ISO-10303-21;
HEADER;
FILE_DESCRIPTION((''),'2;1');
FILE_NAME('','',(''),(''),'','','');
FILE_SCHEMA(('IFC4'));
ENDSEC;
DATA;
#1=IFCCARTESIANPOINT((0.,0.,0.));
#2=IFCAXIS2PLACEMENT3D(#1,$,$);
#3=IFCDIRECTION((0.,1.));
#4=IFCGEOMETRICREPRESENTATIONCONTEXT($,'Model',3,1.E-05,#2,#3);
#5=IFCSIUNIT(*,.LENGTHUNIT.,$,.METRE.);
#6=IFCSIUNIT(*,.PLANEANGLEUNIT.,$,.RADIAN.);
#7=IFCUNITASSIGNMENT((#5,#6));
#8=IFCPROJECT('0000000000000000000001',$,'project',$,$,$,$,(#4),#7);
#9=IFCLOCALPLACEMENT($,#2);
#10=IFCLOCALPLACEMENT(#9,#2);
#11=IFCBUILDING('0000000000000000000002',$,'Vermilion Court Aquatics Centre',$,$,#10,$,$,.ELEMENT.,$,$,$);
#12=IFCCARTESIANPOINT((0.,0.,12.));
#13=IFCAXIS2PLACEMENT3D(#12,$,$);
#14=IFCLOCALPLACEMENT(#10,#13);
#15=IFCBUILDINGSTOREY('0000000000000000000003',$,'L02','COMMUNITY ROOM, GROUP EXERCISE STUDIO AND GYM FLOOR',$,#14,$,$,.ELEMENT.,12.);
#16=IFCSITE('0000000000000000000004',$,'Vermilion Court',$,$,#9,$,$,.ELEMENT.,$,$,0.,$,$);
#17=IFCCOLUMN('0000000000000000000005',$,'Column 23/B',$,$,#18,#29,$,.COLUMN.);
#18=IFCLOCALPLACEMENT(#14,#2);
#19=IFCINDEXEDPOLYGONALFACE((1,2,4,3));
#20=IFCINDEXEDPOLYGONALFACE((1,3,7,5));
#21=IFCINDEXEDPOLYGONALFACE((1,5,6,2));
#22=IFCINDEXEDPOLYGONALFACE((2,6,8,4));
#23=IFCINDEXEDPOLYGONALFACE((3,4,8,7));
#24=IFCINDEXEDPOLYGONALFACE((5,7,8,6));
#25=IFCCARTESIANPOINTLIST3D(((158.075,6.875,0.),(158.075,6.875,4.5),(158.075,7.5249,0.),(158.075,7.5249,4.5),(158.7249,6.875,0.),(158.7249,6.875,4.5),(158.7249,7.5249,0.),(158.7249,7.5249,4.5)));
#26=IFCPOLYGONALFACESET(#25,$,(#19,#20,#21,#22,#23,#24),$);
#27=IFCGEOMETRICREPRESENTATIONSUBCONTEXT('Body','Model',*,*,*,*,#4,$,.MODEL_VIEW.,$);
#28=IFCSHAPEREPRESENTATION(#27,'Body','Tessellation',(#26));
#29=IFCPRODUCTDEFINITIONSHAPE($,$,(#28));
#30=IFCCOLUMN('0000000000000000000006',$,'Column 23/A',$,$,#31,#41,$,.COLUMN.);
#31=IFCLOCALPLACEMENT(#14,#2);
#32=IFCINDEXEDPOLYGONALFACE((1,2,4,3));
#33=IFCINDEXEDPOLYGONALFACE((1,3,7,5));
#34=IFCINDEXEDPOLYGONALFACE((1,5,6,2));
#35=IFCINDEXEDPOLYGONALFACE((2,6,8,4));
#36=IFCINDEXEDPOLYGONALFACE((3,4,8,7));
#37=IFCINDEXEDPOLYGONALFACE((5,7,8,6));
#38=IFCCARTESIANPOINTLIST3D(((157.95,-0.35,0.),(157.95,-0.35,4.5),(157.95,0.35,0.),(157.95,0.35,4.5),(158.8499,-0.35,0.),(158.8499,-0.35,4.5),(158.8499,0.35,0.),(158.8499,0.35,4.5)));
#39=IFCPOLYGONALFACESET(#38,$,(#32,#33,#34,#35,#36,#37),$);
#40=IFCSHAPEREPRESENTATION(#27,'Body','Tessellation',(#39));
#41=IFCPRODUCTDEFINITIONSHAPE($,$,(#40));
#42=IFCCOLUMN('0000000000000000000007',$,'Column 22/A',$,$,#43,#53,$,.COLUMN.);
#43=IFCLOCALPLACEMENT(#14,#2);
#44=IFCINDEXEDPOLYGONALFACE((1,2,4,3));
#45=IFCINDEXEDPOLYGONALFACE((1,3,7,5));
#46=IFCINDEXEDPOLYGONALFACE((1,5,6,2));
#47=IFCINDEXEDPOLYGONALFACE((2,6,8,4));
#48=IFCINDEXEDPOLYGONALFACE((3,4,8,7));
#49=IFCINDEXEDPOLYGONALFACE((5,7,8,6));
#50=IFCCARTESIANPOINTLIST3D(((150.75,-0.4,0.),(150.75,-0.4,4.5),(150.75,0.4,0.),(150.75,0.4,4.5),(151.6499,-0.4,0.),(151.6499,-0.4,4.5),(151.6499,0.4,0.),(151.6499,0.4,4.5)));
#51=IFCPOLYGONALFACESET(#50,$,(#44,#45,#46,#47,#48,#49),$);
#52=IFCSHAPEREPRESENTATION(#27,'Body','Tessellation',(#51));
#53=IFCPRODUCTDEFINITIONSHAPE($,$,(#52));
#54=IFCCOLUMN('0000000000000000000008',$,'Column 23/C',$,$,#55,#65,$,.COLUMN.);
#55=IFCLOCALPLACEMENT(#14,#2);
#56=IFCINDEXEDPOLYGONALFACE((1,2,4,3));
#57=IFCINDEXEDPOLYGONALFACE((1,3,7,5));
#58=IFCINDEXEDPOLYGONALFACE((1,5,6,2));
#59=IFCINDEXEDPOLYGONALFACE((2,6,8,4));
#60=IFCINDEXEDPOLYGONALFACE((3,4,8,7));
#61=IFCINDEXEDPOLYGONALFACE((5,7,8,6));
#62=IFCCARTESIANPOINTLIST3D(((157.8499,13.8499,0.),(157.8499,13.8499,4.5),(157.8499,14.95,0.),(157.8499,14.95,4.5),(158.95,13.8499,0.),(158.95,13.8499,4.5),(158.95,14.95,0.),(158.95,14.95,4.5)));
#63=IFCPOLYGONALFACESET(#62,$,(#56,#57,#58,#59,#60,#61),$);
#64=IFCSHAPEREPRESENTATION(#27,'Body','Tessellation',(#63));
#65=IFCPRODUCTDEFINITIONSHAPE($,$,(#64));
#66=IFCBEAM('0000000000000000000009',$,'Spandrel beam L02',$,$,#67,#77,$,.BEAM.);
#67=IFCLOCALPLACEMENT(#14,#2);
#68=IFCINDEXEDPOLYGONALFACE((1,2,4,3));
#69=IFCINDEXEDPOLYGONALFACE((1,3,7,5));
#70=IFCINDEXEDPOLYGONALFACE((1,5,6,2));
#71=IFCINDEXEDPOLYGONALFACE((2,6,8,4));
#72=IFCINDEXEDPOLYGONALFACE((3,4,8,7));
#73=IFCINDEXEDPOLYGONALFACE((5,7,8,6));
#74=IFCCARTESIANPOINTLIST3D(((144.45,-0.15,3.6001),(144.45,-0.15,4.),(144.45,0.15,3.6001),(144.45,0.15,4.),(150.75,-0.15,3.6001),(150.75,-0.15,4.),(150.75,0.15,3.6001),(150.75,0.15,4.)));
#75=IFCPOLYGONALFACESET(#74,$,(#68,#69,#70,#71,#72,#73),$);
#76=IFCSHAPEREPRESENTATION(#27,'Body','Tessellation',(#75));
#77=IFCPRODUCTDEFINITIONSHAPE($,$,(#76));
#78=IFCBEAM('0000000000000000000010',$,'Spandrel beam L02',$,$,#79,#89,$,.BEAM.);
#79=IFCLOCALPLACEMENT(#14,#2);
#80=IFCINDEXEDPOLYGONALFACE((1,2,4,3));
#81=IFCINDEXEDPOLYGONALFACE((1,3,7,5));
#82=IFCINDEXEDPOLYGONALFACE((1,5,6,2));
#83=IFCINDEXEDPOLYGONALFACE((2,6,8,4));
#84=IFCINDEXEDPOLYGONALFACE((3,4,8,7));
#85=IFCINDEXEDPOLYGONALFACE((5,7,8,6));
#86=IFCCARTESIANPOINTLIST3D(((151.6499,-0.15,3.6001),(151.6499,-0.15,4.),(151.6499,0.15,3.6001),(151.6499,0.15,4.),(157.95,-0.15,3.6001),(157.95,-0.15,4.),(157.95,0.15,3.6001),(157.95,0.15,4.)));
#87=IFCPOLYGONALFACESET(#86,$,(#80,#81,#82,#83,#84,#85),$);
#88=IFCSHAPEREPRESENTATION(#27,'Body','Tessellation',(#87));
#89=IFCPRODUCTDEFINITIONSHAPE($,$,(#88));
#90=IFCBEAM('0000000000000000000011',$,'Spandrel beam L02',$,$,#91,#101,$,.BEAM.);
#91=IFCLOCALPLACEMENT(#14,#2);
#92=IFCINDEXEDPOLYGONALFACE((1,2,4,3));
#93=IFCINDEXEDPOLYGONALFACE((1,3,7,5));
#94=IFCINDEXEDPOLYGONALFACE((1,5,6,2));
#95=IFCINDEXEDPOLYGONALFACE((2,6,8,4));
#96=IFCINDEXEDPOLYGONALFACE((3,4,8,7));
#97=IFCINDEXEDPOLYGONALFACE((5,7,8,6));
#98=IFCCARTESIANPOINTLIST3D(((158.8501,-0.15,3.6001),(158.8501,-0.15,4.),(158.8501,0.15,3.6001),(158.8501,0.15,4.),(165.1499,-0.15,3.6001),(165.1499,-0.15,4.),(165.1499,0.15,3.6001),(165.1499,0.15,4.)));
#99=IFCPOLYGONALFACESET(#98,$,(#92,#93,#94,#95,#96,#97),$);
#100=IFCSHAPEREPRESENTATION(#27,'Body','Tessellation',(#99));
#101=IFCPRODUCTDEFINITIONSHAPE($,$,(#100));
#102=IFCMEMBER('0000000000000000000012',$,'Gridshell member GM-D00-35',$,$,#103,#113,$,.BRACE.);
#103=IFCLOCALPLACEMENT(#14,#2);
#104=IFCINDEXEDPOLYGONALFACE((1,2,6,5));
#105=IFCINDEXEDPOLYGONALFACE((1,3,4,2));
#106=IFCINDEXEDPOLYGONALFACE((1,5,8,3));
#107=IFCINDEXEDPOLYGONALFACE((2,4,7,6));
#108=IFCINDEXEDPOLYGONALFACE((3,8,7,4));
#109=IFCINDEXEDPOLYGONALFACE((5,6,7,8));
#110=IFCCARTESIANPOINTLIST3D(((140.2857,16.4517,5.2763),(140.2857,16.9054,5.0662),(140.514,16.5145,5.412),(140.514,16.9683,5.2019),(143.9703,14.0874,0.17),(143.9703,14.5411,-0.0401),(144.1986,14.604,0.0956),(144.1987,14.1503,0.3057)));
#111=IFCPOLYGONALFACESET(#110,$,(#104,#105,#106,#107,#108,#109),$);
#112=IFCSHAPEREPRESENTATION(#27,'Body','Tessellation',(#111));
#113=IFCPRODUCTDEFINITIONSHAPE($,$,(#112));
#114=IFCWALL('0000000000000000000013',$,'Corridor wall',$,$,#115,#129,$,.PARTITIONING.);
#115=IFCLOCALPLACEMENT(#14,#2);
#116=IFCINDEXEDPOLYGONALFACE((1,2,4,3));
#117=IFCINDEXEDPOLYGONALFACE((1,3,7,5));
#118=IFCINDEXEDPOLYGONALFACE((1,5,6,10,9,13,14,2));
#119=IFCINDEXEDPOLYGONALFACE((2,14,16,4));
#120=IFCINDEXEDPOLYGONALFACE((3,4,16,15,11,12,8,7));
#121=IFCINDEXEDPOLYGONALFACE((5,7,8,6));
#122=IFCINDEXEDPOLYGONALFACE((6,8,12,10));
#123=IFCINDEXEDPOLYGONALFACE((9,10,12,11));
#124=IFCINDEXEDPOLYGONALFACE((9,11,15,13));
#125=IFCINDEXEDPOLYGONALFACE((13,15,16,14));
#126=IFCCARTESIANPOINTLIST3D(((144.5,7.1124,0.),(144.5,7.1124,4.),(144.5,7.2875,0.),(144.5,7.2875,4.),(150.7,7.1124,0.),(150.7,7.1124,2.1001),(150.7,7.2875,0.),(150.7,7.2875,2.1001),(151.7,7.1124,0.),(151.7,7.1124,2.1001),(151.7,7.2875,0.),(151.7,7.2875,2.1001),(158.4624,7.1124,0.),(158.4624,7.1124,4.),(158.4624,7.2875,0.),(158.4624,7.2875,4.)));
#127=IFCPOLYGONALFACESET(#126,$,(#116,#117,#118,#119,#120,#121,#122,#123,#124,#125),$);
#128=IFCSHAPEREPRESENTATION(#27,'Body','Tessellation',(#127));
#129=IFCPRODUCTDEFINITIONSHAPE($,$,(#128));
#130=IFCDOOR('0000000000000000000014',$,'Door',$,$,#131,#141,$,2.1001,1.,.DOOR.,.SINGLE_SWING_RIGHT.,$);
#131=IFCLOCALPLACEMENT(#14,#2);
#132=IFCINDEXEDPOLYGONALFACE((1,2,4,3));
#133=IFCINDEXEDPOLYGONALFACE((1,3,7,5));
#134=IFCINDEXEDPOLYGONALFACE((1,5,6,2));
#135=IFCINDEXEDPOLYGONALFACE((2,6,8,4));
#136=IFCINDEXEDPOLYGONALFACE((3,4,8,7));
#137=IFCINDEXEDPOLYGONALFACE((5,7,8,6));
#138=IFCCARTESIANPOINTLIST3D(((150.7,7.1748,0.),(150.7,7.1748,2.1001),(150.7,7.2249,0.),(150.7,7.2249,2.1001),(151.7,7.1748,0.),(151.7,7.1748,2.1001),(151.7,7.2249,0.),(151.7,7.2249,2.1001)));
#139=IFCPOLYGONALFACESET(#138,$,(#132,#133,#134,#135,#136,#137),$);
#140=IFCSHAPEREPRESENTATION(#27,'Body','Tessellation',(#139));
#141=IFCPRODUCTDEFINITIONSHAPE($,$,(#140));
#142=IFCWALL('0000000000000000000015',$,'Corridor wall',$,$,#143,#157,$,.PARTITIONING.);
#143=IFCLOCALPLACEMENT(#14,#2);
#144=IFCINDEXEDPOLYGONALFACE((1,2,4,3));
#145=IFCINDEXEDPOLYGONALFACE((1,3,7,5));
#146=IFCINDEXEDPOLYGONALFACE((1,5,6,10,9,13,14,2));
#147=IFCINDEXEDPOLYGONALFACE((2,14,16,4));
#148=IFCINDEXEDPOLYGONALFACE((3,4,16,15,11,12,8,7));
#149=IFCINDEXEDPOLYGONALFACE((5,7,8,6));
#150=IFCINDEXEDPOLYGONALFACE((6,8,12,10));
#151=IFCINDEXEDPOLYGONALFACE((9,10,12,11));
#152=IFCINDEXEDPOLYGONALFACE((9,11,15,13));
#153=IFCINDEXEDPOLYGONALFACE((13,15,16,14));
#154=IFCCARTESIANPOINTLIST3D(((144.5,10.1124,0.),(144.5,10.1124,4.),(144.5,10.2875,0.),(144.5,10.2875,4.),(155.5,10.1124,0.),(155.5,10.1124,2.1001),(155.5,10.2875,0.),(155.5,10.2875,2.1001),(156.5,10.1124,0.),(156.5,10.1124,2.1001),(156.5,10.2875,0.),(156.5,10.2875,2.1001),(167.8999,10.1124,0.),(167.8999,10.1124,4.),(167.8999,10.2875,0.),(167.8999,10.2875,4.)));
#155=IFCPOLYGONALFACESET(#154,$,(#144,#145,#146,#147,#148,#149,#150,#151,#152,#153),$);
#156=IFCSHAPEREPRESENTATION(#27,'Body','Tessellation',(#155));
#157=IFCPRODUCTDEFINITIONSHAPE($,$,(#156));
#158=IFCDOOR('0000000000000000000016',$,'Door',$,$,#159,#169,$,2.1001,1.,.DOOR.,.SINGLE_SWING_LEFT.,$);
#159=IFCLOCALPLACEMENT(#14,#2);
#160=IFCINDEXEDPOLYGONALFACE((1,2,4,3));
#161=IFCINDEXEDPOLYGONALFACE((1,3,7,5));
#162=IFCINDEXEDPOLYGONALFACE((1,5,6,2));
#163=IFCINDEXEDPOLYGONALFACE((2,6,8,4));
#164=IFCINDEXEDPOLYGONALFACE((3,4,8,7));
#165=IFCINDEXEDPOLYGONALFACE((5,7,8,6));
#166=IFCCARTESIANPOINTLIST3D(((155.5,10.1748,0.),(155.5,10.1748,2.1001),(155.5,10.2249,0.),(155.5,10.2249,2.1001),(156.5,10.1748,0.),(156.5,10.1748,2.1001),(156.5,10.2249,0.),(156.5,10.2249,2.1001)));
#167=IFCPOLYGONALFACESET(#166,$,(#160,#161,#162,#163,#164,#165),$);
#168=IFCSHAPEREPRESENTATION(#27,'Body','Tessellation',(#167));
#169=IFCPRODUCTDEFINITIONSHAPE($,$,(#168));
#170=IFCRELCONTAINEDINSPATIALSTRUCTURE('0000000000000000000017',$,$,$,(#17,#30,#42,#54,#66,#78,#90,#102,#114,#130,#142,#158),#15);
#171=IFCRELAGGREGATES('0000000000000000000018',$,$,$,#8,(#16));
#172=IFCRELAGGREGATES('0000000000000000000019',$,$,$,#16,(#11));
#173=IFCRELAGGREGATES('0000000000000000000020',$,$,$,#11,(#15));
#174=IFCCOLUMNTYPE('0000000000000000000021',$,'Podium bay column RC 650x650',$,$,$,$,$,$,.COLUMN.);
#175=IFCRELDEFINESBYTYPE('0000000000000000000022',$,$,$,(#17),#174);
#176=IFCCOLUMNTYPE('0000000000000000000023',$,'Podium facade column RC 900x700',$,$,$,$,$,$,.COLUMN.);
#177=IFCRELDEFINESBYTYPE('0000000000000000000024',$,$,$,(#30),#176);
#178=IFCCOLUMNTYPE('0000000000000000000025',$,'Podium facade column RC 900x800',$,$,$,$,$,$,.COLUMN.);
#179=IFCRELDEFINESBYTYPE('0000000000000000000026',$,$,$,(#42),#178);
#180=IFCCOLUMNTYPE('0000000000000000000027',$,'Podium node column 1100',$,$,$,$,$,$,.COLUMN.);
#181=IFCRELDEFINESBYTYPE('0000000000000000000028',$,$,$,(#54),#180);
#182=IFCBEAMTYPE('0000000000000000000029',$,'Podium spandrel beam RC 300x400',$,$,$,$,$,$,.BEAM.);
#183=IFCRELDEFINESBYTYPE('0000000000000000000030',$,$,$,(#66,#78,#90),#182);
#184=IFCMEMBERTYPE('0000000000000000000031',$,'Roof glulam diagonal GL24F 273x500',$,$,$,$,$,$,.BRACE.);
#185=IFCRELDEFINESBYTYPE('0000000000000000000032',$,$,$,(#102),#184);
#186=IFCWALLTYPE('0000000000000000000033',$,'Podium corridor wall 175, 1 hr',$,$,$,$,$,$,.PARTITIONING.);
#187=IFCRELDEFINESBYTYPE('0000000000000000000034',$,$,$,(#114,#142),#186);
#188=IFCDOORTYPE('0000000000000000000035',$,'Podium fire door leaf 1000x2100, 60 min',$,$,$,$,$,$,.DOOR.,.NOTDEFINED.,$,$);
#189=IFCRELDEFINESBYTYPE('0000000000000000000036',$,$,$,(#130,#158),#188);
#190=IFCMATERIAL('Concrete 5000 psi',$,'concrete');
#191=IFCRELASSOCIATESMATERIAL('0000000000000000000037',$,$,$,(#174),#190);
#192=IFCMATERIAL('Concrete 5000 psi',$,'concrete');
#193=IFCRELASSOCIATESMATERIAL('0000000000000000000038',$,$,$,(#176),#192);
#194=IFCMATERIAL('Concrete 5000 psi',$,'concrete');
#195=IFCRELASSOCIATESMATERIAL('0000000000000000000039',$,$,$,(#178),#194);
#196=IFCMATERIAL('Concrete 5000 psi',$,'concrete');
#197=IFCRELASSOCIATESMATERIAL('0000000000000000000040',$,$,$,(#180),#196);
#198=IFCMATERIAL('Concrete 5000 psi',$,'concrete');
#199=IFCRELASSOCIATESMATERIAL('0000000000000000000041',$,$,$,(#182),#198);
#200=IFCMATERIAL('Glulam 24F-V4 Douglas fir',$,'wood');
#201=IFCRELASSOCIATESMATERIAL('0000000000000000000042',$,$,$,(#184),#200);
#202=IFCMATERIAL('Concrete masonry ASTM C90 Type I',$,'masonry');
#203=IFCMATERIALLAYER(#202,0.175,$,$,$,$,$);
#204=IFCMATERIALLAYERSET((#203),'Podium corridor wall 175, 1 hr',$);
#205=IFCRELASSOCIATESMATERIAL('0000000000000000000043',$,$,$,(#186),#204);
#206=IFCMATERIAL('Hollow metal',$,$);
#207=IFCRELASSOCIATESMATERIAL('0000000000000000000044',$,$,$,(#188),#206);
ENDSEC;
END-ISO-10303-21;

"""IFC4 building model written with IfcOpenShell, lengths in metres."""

from ifc_helpers import new_model, si_unit, direction, frame, frame_2d, origin, origin_2d, place, context, subcontext, project, spatial, rectangle, extrude, material, layer, layer_set, material_profile, profile_set, type_object, element, fill, save


model = new_model("IFC4")

# Units and contexts
model_context = context("Model", 3, precision=1e-05, world=origin(), true_north=direction((0.0, 1.0)))
body_context = subcontext(model_context, "Body", "Model", "MODEL_VIEW")
ifc_project = project(units=[si_unit("LENGTHUNIT", "METRE"), si_unit("PLANEANGLEUNIT", "RADIAN")], contexts=[model_context])

# Site, building, storey
site_placement = place(None, origin())
site = spatial("IfcSite", under=ifc_project, at=site_placement, Name="Vermilion Court", CompositionType="ELEMENT", RefElevation=0.0)
building_placement = place(site_placement, origin())
building = spatial("IfcBuilding", under=site, at=building_placement, Name="Vermilion Court Aquatics Centre", CompositionType="ELEMENT")
storey_placement = place(building_placement, frame((0.0, 0.0, 12.0)))
storey = spatial("IfcBuildingStorey", under=building, at=storey_placement, Name="L02", Description="COMMUNITY ROOM, GROUP EXERCISE STUDIO AND GYM FLOOR", CompositionType="ELEMENT", Elevation=12.0)

# Columns
ifc_material_1 = material(Name="Concrete 5000 psi", Category="concrete")
ifc_material_profile_1 = material_profile(ifc_material_1, rectangle(XDim=0.6499, YDim=0.6499, at=origin_2d()), Name="RC 650x650")
ifc_profile_set_1 = profile_set([ifc_material_profile_1], Name="Concrete 5000 psi")
column_type_1 = type_object("IfcColumnType", Name="Podium bay column RC 650x650", PredefinedType="COLUMN", material=ifc_profile_set_1)
column_1_placement = place(storey_placement, frame((158.3999, 7.2, 0.0), z_axis=(0.0, 0.0, 1.0), x_axis=(1.0, 0.0, 0.0)))
element("IfcColumn", 1, at=column_1_placement, inside=storey, type_object=column_type_1, Name="Column 23/B", PredefinedType="COLUMN", context=body_context, shape_type="SweptSolid", body=[
    extrude(rectangle(XDim=0.6499, YDim=0.6499, at=origin_2d()), origin(), (0.0, 0.0, 1.0), 4.5),
])
ifc_material_2 = material(Name="Concrete 5000 psi", Category="concrete")
ifc_material_profile_2 = material_profile(ifc_material_2, rectangle(XDim=0.8999, YDim=0.7, at=origin_2d()), Name="RC 900x700")
ifc_profile_set_2 = profile_set([ifc_material_profile_2], Name="Concrete 5000 psi")
column_type_2 = type_object("IfcColumnType", Name="Podium facade column RC 900x700", PredefinedType="COLUMN", material=ifc_profile_set_2)
column_2_placement = place(storey_placement, frame((158.3999, 0.0, 0.0), z_axis=(0.0, 0.0, 1.0), x_axis=(1.0, 0.0, 0.0)))
element("IfcColumn", 2, at=column_2_placement, inside=storey, type_object=column_type_2, Name="Column 23/A", PredefinedType="COLUMN", context=body_context, shape_type="SweptSolid", body=[
    extrude(rectangle(XDim=0.8999, YDim=0.7, at=origin_2d()), origin(), (0.0, 0.0, 1.0), 4.5),
])
ifc_material_3 = material(Name="Concrete 5000 psi", Category="concrete")
ifc_material_profile_3 = material_profile(ifc_material_3, rectangle(XDim=0.8999, YDim=0.8, at=origin_2d()), Name="RC 900x800")
ifc_profile_set_3 = profile_set([ifc_material_profile_3], Name="Concrete 5000 psi")
column_type_3 = type_object("IfcColumnType", Name="Podium facade column RC 900x800", PredefinedType="COLUMN", material=ifc_profile_set_3)
column_3_placement = place(storey_placement, frame((151.2, 0.0, 0.0), z_axis=(0.0, 0.0, 1.0), x_axis=(1.0, 0.0, 0.0)))
element("IfcColumn", 3, at=column_3_placement, inside=storey, type_object=column_type_3, Name="Column 22/A", PredefinedType="COLUMN", context=body_context, shape_type="SweptSolid", body=[
    extrude(rectangle(XDim=0.8999, YDim=0.8, at=origin_2d()), origin(), (0.0, 0.0, 1.0), 4.5),
])
ifc_material_4 = material(Name="Concrete 5000 psi", Category="concrete")
ifc_material_profile_4 = material_profile(ifc_material_4, rectangle(XDim=1.1001, YDim=1.1001, at=origin_2d()), Name="RC 1100x1100")
ifc_profile_set_4 = profile_set([ifc_material_profile_4], Name="Concrete 5000 psi")
column_type_4 = type_object("IfcColumnType", Name="Podium node column 1100", PredefinedType="COLUMN", material=ifc_profile_set_4)
column_4_placement = place(storey_placement, frame((158.3999, 14.3999, 0.0), z_axis=(0.0, 0.0, 1.0), x_axis=(1.0, 0.0, 0.0)))
element("IfcColumn", 4, at=column_4_placement, inside=storey, type_object=column_type_4, Name="Column 23/C", PredefinedType="COLUMN", context=body_context, shape_type="SweptSolid", body=[
    extrude(rectangle(XDim=1.1001, YDim=1.1001, at=origin_2d()), origin(), (0.0, 0.0, 1.0), 4.5),
])

# Beams
ifc_material_5 = material(Name="Concrete 5000 psi", Category="concrete")
ifc_material_profile_5 = material_profile(ifc_material_5, rectangle(XDim=0.3, YDim=0.3999, at=origin_2d()), Name="RC 300x400")
ifc_profile_set_5 = profile_set([ifc_material_profile_5], Name="Concrete 5000 psi")
beam_type = type_object("IfcBeamType", Name="Podium spandrel beam RC 300x400", PredefinedType="BEAM", material=ifc_profile_set_5)
for number, where, z_axis, x_axis, name in (
    (5, (144.45, 0.0, 3.8), (1.0, 0.0, 0.0), (0.0, 1.0, 0.0), "Spandrel beam L02"),
    (6, (151.6499, 0.0, 3.8), (1.0, 0.0, 0.0), (0.0, 1.0, 0.0), "Spandrel beam L02"),
):
    element("IfcBeam", number, at=place(storey_placement, frame(where, z_axis=z_axis, x_axis=x_axis)), inside=storey, type_object=beam_type, Name=name, PredefinedType="BEAM", context=body_context, shape_type="SweptSolid", body=[
        extrude(rectangle(XDim=0.3, YDim=0.3999, at=origin_2d()), origin(), (0.0, 0.0, 1.0), 6.3),
    ])
beam_placement = place(storey_placement, frame((158.8501, 0.0, 3.8), z_axis=(1.0, 0.0, 0.0), x_axis=(0.0, 1.0, 0.0)))
element("IfcBeam", 7, at=beam_placement, inside=storey, type_object=beam_type, Name="Spandrel beam L02", PredefinedType="BEAM", context=body_context, shape_type="SweptSolid", body=[
    extrude(rectangle(XDim=0.3, YDim=0.3999, at=origin_2d()), origin(), (0.0, 0.0, 1.0), 6.2998),
])

# Member
ifc_material_6 = material(Name="Glulam 24F-V4 Douglas fir", Category="wood")
ifc_material_profile_6 = material_profile(ifc_material_6, rectangle(XDim=0.2729, YDim=0.5, at=origin_2d()), Name="GL24F 273x500")
ifc_profile_set_6 = profile_set([ifc_material_profile_6], Name="Glulam 24F-V4 Douglas fir")
member_type = type_object("IfcMemberType", Name="Roof glulam diagonal GL24F 273x500", PredefinedType="BRACE", material=ifc_profile_set_6)
member_placement = place(storey_placement, frame((144.0845, 14.3457, 0.1328), z_axis=(-0.54781, 0.35151, 0.759174), x_axis=(-0.836603, -0.230193, -0.497099)))
element("IfcMember", 8, at=member_placement, inside=storey, type_object=member_type, Name="Gridshell member GM-D00-35", PredefinedType="BRACE", context=body_context, shape_type="SweptSolid", body=[
    extrude(rectangle(XDim=0.2729, YDim=0.5, at=origin_2d()), origin(), (0.0, 0.0, 1.0), 6.7261),
])

# Walls, openings, doors
ifc_material_7 = material(Name="Concrete masonry ASTM C90 Type I", Category="masonry")
ifc_layer_1 = layer(ifc_material_7, 0.175)
ifc_layer_set_1 = layer_set([ifc_layer_1], Name="Podium corridor wall 175, 1 hr")
wall_type_1 = type_object("IfcWallType", Name="Podium corridor wall 175, 1 hr", PredefinedType="PARTITIONING", material=ifc_layer_set_1)
wall_1_placement = place(storey_placement, frame((144.5, 7.2, 0.0), z_axis=(0.0, 0.0, 1.0), x_axis=(1.0, 0.0, 0.0)))
wall_1 = element("IfcWall", 9, at=wall_1_placement, inside=storey, type_object=wall_type_1, Name="Corridor wall", PredefinedType="PARTITIONING", context=body_context, shape_type="SweptSolid", body=[
    extrude(rectangle(XDim=13.9624, YDim=0.175, at=frame_2d((6.9812, 0.0))), origin(), (0.0, 0.0, 1.0), 4.0),
])
opening_1_placement = place(wall_1_placement, frame((6.2, 0.0, 0.0)))
opening_1 = element("IfcOpeningElement", 10, at=opening_1_placement, cuts=wall_1, PredefinedType="OPENING", context=body_context, shape_type="SweptSolid", body=[
    extrude(rectangle(XDim=1.0, YDim=2.1001, at=frame_2d((0.5, 1.05))), frame((0.0, 0.0974, 0.0), z_axis=(0.0, -1.0, 0.0), x_axis=(1.0, 0.0, 0.0)), (0.0, 0.0, 1.0), 0.1951),
])
ifc_material_8 = material(Name="Hollow metal")
door_type_1 = type_object("IfcDoorType", Name="Podium fire door leaf 1000x2100, 60 min", OperationType="NOTDEFINED", PredefinedType="DOOR", material=ifc_material_8)
door_1_placement = place(opening_1_placement, frame((1.0, 0.0, 0.0), z_axis=(0.0, 0.0, 1.0), x_axis=(-1.0, 0.0, 0.0)))
door_1 = element("IfcDoor", 11, at=door_1_placement, inside=storey, type_object=door_type_1, Name="Door", OperationType="SINGLE_SWING_RIGHT", OverallHeight=2.1001, OverallWidth=1.0, PredefinedType="DOOR", context=body_context, shape_type="SweptSolid", body=[
    extrude(rectangle(XDim=1.0, YDim=2.1001, at=frame_2d((0.5, 1.05))), frame((0.0, 0.0251, 0.0), z_axis=(0.0, -1.0, 0.0), x_axis=(1.0, 0.0, 0.0)), (0.0, 0.0, 1.0), 0.05),
])
fill(opening_1, door_1)
wall_2_placement = place(storey_placement, frame((144.5, 10.2, 0.0), z_axis=(0.0, 0.0, 1.0), x_axis=(1.0, 0.0, 0.0)))
wall_2 = element("IfcWall", 12, at=wall_2_placement, inside=storey, type_object=wall_type_1, Name="Corridor wall", PredefinedType="PARTITIONING", context=body_context, shape_type="SweptSolid", body=[
    extrude(rectangle(XDim=23.3999, YDim=0.175, at=frame_2d((11.7, 0.0))), origin(), (0.0, 0.0, 1.0), 4.0),
])
opening_2_placement = place(wall_2_placement, frame((11.0, 0.0, 0.0)))
opening_2 = element("IfcOpeningElement", 13, at=opening_2_placement, cuts=wall_2, PredefinedType="OPENING", context=body_context, shape_type="SweptSolid", body=[
    extrude(rectangle(XDim=1.0, YDim=2.1001, at=frame_2d((0.5, 1.05))), frame((0.0, 0.0974, 0.0), z_axis=(0.0, -1.0, 0.0), x_axis=(1.0, 0.0, 0.0)), (0.0, 0.0, 1.0), 0.1951),
])
door_2_placement = place(opening_2_placement, frame((1.0, 0.0, 0.0), z_axis=(0.0, 0.0, 1.0), x_axis=(-1.0, 0.0, 0.0)))
door_2 = element("IfcDoor", 14, at=door_2_placement, inside=storey, type_object=door_type_1, Name="Door", OperationType="SINGLE_SWING_LEFT", OverallHeight=2.1001, OverallWidth=1.0, PredefinedType="DOOR", context=body_context, shape_type="SweptSolid", body=[
    extrude(rectangle(XDim=1.0, YDim=2.1001, at=frame_2d((0.5, 1.05))), frame((0.0, 0.0251, 0.0), z_axis=(0.0, -1.0, 0.0), x_axis=(1.0, 0.0, 0.0)), (0.0, 0.0, 1.0), 0.05),
])
fill(opening_2, door_2)

save(model, "model.ifc")
